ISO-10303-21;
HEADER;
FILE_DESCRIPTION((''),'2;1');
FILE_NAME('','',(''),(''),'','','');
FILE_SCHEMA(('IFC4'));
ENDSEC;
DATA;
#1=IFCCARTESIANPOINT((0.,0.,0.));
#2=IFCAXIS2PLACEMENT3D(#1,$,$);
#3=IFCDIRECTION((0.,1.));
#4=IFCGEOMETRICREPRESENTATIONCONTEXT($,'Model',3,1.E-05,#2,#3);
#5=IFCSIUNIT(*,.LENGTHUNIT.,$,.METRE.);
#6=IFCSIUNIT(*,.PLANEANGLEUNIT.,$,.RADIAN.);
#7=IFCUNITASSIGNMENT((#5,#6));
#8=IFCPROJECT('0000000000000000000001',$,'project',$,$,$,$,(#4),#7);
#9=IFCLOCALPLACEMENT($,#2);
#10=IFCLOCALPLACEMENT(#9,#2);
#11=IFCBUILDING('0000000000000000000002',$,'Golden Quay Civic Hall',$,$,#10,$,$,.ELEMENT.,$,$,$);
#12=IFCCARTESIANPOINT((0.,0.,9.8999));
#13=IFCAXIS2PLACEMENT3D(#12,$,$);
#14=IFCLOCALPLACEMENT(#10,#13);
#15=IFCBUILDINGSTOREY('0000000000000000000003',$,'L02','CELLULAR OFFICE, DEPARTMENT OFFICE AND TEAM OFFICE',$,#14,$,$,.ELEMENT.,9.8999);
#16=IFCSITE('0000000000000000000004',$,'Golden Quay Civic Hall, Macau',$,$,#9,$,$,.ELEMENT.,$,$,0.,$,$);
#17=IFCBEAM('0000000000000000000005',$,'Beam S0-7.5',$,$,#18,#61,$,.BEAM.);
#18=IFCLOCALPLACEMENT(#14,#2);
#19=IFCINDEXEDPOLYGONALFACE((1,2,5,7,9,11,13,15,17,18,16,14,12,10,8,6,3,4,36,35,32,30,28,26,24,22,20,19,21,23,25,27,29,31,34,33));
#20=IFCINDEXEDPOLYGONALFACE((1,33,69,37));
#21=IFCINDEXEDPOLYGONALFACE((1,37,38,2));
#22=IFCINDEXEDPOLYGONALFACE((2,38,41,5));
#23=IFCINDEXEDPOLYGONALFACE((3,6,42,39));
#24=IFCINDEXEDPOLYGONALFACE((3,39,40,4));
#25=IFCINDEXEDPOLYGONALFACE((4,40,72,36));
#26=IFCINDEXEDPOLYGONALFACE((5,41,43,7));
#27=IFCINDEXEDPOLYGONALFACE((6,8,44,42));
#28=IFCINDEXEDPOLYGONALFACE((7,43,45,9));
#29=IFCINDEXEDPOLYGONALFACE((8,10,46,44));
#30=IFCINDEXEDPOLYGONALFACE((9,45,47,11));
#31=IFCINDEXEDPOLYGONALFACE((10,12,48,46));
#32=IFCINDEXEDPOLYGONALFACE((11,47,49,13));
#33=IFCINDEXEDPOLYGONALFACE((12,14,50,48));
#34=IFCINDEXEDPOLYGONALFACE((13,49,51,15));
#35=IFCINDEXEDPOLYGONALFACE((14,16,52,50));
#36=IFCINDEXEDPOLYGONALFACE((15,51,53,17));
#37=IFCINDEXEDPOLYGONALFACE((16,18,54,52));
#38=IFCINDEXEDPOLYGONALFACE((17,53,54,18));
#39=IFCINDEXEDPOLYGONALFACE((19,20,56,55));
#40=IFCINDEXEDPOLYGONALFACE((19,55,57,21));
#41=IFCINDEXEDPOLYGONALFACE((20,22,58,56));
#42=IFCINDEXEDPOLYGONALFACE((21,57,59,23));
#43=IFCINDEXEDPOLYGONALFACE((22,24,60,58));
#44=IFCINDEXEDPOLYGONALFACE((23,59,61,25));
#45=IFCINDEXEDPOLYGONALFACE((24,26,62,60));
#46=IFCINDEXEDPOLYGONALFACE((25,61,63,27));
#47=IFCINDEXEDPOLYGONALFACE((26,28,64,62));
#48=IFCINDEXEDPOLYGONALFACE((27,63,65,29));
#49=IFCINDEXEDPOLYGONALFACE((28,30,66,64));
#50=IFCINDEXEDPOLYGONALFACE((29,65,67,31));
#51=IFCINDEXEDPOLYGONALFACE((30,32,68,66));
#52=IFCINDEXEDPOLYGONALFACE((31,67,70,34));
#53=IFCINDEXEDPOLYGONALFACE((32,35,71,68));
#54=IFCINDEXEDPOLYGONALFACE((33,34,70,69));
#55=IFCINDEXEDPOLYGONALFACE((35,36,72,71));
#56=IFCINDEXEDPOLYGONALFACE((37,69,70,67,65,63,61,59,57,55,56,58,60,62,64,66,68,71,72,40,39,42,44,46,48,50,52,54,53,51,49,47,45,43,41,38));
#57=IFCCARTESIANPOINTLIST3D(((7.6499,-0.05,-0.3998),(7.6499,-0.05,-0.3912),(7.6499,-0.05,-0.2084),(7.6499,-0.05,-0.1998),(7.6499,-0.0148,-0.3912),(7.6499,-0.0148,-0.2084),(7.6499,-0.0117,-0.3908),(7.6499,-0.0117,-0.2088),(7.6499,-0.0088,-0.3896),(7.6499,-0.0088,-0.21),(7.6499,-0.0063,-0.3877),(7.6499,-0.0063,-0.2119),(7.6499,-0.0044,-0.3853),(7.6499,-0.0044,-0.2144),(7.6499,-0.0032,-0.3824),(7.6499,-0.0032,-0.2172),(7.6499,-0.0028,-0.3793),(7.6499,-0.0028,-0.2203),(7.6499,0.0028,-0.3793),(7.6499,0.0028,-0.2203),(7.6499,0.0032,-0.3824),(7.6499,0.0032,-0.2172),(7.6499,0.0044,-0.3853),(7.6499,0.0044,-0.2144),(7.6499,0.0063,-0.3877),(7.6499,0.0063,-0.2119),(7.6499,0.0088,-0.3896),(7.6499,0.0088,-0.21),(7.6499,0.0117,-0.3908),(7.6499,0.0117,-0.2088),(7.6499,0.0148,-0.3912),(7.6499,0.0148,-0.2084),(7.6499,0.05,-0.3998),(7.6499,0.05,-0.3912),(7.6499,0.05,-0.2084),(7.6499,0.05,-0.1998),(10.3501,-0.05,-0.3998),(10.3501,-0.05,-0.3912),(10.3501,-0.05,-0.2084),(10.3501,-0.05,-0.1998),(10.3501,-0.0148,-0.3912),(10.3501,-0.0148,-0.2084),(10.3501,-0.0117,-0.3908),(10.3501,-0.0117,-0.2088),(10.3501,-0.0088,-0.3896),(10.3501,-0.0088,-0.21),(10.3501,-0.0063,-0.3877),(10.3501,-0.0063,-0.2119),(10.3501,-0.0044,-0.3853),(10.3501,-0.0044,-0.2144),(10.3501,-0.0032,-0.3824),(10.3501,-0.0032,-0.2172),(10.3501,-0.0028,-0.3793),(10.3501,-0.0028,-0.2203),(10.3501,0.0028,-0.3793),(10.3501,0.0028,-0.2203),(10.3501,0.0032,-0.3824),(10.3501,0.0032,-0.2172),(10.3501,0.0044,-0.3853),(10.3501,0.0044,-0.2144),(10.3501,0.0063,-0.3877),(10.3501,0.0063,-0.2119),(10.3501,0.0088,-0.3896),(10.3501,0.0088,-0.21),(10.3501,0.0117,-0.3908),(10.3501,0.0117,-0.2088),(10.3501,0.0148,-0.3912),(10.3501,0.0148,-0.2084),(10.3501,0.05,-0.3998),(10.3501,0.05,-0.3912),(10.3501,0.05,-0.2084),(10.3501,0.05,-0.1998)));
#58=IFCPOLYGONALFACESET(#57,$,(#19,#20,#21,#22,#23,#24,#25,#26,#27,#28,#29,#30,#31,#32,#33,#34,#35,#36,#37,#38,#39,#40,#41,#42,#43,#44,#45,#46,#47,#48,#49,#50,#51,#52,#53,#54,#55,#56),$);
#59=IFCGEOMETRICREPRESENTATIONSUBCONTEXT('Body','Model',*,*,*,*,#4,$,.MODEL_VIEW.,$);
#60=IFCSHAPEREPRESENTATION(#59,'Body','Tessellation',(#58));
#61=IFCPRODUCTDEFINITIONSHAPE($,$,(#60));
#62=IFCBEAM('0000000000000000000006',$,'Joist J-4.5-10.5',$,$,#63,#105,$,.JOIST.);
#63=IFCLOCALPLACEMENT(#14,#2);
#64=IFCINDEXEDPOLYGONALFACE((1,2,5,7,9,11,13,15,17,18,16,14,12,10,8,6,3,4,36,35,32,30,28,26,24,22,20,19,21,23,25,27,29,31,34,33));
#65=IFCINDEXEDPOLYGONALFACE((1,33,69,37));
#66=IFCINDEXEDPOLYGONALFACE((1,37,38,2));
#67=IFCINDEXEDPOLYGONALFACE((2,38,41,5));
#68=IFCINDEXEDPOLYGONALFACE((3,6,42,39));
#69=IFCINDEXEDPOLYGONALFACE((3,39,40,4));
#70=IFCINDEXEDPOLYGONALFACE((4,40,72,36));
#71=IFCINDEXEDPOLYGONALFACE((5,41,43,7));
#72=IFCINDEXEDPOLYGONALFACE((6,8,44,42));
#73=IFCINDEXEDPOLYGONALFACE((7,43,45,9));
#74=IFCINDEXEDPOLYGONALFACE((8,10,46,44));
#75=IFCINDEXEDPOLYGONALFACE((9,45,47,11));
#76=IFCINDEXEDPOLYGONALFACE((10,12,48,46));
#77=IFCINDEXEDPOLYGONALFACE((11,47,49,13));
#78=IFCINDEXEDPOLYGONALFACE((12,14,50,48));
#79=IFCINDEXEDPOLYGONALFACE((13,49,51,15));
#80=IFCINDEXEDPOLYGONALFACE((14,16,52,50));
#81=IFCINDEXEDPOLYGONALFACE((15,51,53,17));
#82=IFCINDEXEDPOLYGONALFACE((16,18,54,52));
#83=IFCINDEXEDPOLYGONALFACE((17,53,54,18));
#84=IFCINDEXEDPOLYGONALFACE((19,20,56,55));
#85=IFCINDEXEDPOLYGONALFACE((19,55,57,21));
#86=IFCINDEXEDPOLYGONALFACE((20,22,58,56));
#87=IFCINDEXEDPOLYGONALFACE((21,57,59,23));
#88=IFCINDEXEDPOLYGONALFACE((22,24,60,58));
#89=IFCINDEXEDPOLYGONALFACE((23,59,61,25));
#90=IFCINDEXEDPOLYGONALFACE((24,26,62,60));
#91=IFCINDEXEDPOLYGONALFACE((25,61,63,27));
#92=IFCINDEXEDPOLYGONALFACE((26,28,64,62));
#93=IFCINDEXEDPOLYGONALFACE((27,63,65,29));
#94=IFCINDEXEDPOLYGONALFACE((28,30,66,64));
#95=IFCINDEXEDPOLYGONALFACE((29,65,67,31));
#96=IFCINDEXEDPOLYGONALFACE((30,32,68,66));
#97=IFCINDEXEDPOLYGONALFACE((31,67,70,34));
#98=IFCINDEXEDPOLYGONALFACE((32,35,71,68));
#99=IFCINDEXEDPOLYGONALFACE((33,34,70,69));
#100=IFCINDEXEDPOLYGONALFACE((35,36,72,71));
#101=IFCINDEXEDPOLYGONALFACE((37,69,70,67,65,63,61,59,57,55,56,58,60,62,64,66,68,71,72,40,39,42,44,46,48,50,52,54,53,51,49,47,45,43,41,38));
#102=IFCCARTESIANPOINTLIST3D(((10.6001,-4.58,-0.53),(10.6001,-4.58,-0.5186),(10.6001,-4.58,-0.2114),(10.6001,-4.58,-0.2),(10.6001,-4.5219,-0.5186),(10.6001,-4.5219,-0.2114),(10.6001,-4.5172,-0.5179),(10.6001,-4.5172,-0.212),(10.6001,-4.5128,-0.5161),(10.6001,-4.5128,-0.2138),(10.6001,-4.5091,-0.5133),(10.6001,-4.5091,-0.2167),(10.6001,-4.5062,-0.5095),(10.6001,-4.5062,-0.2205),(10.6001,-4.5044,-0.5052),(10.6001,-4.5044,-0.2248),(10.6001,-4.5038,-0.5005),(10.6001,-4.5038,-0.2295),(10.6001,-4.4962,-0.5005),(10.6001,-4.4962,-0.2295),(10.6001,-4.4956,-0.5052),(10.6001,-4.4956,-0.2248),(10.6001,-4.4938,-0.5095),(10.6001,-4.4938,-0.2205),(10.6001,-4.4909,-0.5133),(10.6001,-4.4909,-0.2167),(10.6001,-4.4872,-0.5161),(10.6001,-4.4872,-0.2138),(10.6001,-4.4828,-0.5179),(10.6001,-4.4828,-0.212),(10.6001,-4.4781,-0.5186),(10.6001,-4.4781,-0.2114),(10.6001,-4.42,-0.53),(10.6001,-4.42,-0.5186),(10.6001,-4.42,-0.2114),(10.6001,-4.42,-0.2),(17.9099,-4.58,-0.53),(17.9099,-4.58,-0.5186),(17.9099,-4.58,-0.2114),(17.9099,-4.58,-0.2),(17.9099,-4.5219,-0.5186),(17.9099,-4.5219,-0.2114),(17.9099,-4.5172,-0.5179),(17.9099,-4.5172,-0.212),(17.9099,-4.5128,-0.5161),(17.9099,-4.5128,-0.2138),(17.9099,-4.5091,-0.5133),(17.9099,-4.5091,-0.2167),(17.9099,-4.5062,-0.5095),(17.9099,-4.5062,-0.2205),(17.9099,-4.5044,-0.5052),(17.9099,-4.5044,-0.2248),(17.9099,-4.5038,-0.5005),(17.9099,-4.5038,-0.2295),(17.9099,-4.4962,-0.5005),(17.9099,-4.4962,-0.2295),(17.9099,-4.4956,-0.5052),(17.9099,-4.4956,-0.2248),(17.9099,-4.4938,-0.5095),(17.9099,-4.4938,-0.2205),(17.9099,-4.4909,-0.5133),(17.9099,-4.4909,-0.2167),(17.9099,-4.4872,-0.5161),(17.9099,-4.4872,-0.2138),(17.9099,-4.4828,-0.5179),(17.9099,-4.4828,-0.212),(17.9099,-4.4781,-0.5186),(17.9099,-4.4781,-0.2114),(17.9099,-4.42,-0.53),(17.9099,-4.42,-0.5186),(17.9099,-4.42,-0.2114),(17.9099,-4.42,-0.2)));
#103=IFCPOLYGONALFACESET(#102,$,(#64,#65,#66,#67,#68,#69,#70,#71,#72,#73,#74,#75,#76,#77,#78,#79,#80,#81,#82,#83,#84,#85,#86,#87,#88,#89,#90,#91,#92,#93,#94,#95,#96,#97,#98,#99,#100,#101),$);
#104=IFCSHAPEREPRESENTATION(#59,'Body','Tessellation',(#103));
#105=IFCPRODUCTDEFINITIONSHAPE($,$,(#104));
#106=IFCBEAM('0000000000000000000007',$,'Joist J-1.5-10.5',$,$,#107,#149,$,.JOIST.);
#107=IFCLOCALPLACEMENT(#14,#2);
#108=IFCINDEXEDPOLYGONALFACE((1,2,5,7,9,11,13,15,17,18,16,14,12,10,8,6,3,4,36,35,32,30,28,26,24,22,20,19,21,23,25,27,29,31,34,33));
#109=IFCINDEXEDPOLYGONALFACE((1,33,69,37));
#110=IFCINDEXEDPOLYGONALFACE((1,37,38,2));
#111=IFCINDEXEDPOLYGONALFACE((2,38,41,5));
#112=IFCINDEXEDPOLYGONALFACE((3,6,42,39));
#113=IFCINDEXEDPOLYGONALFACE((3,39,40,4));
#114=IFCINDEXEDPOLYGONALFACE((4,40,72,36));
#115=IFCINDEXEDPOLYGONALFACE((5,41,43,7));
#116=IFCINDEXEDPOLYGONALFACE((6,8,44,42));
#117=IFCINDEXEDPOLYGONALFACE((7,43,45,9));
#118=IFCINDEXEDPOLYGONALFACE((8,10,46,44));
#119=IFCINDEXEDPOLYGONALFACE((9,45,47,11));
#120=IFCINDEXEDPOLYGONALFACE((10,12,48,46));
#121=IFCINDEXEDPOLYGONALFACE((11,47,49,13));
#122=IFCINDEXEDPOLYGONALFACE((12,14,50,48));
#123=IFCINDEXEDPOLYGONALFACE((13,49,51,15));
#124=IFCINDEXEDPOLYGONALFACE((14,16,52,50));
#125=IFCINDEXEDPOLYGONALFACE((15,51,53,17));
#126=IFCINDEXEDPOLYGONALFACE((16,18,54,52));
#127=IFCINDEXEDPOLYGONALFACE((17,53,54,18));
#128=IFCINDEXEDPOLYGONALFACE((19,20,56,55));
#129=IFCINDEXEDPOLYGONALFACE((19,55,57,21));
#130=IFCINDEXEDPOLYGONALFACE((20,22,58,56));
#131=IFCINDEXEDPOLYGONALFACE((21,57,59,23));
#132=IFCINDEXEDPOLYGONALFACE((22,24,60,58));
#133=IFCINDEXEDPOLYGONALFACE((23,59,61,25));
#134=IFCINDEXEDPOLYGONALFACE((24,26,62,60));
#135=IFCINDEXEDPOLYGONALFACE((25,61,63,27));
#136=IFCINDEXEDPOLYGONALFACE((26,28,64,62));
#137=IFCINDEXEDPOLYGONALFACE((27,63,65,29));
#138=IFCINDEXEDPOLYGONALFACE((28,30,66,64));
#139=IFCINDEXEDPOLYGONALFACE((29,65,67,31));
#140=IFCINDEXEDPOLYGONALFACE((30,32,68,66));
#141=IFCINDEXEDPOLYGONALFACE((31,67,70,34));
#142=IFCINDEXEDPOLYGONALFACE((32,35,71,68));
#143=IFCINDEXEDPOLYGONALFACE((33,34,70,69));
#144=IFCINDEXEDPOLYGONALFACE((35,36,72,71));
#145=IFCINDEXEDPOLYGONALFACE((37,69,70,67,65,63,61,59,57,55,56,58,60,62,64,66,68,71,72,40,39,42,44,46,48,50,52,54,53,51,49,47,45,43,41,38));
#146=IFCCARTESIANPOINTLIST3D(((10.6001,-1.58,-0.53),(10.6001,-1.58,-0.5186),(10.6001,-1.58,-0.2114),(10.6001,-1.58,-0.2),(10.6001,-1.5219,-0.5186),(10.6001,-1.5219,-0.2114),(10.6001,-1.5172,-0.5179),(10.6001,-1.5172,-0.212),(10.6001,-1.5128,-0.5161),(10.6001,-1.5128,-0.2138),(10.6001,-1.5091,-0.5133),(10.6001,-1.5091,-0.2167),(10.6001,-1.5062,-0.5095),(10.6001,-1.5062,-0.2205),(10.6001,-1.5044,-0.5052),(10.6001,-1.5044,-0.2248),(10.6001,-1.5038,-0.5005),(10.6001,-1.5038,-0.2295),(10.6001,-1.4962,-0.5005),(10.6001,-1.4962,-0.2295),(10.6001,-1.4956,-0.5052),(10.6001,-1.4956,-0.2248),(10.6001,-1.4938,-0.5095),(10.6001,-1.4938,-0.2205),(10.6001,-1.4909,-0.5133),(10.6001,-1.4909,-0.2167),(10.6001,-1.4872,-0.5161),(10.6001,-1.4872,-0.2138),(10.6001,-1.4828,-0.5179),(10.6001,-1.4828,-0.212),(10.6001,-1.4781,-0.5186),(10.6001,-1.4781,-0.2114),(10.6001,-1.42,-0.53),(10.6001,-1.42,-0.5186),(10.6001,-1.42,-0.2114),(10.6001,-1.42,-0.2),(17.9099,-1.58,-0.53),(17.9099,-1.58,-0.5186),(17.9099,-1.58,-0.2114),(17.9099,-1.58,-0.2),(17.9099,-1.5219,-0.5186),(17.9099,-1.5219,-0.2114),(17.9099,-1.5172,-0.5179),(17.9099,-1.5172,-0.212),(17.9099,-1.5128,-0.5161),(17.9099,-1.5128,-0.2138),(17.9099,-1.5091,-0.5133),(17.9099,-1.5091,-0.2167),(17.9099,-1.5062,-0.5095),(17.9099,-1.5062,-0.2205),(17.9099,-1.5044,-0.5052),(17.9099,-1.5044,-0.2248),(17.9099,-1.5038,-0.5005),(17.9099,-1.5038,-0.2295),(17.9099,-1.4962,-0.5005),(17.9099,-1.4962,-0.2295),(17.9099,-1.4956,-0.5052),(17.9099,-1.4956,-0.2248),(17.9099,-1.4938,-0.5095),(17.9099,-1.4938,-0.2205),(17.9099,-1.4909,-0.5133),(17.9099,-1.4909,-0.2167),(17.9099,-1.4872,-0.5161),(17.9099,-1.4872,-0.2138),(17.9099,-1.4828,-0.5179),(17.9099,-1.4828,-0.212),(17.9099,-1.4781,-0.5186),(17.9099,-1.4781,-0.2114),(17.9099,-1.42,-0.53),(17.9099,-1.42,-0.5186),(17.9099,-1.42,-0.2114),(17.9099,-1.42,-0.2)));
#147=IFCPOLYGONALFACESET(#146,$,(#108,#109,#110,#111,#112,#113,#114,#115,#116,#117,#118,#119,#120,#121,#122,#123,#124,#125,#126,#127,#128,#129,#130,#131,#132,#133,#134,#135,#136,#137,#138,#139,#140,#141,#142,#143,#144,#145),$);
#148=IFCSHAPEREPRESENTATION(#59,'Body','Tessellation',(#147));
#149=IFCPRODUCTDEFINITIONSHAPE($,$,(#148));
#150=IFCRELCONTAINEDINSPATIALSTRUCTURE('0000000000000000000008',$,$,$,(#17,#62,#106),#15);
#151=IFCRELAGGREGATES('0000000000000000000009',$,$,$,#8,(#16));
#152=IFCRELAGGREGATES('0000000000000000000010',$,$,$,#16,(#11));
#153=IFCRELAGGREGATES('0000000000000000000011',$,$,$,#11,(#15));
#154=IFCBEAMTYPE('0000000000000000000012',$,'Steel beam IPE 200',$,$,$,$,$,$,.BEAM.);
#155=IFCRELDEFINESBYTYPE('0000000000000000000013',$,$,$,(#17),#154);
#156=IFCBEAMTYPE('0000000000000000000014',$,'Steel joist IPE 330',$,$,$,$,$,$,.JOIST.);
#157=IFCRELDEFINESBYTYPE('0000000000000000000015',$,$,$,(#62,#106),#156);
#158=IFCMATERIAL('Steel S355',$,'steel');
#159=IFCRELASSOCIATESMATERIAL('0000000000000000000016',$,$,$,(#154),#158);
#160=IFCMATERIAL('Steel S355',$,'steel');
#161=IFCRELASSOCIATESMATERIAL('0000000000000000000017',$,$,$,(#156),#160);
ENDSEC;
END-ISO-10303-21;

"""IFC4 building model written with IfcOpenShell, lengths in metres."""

from ifc_helpers import new_model, si_unit, direction, frame, origin, origin_2d, place, context, subcontext, project, spatial, i_section, extrude, material, material_profile, profile_set, type_object, element, save


model = new_model("IFC4")

# Units and contexts
model_context = context("Model", 3, precision=1e-05, world=origin(), true_north=direction((0.0, 1.0)))
body_context = subcontext(model_context, "Body", "Model", "MODEL_VIEW")
ifc_project = project(units=[si_unit("LENGTHUNIT", "METRE"), si_unit("PLANEANGLEUNIT", "RADIAN")], contexts=[model_context])

# Site, building, storey
site_placement = place(None, origin())
site = spatial("IfcSite", under=ifc_project, at=site_placement, Name="Golden Quay Civic Hall, Macau", CompositionType="ELEMENT", RefElevation=0.0)
building_placement = place(site_placement, origin())
building = spatial("IfcBuilding", under=site, at=building_placement, Name="Golden Quay Civic Hall", CompositionType="ELEMENT")
storey_placement = place(building_placement, frame((0.0, 0.0, 9.8999)))
storey = spatial("IfcBuildingStorey", under=building, at=storey_placement, Name="L02", Description="CELLULAR OFFICE, DEPARTMENT OFFICE AND TEAM OFFICE", CompositionType="ELEMENT", Elevation=9.8999)

# Beams
ifc_material_1 = material(Name="Steel S355", Category="steel")
ifc_material_profile_1 = material_profile(ifc_material_1, i_section(OverallWidth=0.1001, OverallDepth=0.2, WebThickness=0.0056, FlangeThickness=0.0085, FilletRadius=0.012, at=origin_2d()), Name="IPE 200")
ifc_profile_set_1 = profile_set([ifc_material_profile_1], Name="Steel S355")
beam_type_1 = type_object("IfcBeamType", Name="Steel beam IPE 200", PredefinedType="BEAM", material=ifc_profile_set_1)
beam_placement = place(storey_placement, frame((7.6499, 0.0, -0.2998), z_axis=(1.0, 0.0, 0.0), x_axis=(0.0, 1.0, 0.0)))
element("IfcBeam", 1, at=beam_placement, inside=storey, type_object=beam_type_1, Name="Beam S0-7.5", PredefinedType="BEAM", context=body_context, shape_type="SweptSolid", body=[
    extrude(i_section(OverallWidth=0.1001, OverallDepth=0.2, WebThickness=0.0056, FlangeThickness=0.0085, FilletRadius=0.012, at=origin_2d()), origin(), (0.0, 0.0, 1.0), 2.7002),
])
ifc_material_2 = material(Name="Steel S355", Category="steel")
ifc_material_profile_2 = material_profile(ifc_material_2, i_section(OverallWidth=0.1599, OverallDepth=0.3301, WebThickness=0.0076, FlangeThickness=0.0115, FilletRadius=0.0181, at=origin_2d()), Name="IPE 330")
ifc_profile_set_2 = profile_set([ifc_material_profile_2], Name="Steel S355")
beam_type_2 = type_object("IfcBeamType", Name="Steel joist IPE 330", PredefinedType="JOIST", material=ifc_profile_set_2)
for number, where, z_axis, x_axis, name in (
    (2, (10.6001, -4.5, -0.365), (1.0, 0.0, 0.0), (0.0, 1.0, 0.0), "Joist J-4.5-10.5"),
    (3, (10.6001, -1.5, -0.365), (1.0, 0.0, 0.0), (0.0, 1.0, 0.0), "Joist J-1.5-10.5"),
):
    element("IfcBeam", number, at=place(storey_placement, frame(where, z_axis=z_axis, x_axis=x_axis)), inside=storey, type_object=beam_type_2, Name=name, PredefinedType="JOIST", context=body_context, shape_type="SweptSolid", body=[
        extrude(i_section(OverallWidth=0.1599, OverallDepth=0.3301, WebThickness=0.0076, FlangeThickness=0.0115, FilletRadius=0.0181, at=origin_2d()), origin(), (0.0, 0.0, 1.0), 7.3098),
    ])

save(model, "model.ifc")
